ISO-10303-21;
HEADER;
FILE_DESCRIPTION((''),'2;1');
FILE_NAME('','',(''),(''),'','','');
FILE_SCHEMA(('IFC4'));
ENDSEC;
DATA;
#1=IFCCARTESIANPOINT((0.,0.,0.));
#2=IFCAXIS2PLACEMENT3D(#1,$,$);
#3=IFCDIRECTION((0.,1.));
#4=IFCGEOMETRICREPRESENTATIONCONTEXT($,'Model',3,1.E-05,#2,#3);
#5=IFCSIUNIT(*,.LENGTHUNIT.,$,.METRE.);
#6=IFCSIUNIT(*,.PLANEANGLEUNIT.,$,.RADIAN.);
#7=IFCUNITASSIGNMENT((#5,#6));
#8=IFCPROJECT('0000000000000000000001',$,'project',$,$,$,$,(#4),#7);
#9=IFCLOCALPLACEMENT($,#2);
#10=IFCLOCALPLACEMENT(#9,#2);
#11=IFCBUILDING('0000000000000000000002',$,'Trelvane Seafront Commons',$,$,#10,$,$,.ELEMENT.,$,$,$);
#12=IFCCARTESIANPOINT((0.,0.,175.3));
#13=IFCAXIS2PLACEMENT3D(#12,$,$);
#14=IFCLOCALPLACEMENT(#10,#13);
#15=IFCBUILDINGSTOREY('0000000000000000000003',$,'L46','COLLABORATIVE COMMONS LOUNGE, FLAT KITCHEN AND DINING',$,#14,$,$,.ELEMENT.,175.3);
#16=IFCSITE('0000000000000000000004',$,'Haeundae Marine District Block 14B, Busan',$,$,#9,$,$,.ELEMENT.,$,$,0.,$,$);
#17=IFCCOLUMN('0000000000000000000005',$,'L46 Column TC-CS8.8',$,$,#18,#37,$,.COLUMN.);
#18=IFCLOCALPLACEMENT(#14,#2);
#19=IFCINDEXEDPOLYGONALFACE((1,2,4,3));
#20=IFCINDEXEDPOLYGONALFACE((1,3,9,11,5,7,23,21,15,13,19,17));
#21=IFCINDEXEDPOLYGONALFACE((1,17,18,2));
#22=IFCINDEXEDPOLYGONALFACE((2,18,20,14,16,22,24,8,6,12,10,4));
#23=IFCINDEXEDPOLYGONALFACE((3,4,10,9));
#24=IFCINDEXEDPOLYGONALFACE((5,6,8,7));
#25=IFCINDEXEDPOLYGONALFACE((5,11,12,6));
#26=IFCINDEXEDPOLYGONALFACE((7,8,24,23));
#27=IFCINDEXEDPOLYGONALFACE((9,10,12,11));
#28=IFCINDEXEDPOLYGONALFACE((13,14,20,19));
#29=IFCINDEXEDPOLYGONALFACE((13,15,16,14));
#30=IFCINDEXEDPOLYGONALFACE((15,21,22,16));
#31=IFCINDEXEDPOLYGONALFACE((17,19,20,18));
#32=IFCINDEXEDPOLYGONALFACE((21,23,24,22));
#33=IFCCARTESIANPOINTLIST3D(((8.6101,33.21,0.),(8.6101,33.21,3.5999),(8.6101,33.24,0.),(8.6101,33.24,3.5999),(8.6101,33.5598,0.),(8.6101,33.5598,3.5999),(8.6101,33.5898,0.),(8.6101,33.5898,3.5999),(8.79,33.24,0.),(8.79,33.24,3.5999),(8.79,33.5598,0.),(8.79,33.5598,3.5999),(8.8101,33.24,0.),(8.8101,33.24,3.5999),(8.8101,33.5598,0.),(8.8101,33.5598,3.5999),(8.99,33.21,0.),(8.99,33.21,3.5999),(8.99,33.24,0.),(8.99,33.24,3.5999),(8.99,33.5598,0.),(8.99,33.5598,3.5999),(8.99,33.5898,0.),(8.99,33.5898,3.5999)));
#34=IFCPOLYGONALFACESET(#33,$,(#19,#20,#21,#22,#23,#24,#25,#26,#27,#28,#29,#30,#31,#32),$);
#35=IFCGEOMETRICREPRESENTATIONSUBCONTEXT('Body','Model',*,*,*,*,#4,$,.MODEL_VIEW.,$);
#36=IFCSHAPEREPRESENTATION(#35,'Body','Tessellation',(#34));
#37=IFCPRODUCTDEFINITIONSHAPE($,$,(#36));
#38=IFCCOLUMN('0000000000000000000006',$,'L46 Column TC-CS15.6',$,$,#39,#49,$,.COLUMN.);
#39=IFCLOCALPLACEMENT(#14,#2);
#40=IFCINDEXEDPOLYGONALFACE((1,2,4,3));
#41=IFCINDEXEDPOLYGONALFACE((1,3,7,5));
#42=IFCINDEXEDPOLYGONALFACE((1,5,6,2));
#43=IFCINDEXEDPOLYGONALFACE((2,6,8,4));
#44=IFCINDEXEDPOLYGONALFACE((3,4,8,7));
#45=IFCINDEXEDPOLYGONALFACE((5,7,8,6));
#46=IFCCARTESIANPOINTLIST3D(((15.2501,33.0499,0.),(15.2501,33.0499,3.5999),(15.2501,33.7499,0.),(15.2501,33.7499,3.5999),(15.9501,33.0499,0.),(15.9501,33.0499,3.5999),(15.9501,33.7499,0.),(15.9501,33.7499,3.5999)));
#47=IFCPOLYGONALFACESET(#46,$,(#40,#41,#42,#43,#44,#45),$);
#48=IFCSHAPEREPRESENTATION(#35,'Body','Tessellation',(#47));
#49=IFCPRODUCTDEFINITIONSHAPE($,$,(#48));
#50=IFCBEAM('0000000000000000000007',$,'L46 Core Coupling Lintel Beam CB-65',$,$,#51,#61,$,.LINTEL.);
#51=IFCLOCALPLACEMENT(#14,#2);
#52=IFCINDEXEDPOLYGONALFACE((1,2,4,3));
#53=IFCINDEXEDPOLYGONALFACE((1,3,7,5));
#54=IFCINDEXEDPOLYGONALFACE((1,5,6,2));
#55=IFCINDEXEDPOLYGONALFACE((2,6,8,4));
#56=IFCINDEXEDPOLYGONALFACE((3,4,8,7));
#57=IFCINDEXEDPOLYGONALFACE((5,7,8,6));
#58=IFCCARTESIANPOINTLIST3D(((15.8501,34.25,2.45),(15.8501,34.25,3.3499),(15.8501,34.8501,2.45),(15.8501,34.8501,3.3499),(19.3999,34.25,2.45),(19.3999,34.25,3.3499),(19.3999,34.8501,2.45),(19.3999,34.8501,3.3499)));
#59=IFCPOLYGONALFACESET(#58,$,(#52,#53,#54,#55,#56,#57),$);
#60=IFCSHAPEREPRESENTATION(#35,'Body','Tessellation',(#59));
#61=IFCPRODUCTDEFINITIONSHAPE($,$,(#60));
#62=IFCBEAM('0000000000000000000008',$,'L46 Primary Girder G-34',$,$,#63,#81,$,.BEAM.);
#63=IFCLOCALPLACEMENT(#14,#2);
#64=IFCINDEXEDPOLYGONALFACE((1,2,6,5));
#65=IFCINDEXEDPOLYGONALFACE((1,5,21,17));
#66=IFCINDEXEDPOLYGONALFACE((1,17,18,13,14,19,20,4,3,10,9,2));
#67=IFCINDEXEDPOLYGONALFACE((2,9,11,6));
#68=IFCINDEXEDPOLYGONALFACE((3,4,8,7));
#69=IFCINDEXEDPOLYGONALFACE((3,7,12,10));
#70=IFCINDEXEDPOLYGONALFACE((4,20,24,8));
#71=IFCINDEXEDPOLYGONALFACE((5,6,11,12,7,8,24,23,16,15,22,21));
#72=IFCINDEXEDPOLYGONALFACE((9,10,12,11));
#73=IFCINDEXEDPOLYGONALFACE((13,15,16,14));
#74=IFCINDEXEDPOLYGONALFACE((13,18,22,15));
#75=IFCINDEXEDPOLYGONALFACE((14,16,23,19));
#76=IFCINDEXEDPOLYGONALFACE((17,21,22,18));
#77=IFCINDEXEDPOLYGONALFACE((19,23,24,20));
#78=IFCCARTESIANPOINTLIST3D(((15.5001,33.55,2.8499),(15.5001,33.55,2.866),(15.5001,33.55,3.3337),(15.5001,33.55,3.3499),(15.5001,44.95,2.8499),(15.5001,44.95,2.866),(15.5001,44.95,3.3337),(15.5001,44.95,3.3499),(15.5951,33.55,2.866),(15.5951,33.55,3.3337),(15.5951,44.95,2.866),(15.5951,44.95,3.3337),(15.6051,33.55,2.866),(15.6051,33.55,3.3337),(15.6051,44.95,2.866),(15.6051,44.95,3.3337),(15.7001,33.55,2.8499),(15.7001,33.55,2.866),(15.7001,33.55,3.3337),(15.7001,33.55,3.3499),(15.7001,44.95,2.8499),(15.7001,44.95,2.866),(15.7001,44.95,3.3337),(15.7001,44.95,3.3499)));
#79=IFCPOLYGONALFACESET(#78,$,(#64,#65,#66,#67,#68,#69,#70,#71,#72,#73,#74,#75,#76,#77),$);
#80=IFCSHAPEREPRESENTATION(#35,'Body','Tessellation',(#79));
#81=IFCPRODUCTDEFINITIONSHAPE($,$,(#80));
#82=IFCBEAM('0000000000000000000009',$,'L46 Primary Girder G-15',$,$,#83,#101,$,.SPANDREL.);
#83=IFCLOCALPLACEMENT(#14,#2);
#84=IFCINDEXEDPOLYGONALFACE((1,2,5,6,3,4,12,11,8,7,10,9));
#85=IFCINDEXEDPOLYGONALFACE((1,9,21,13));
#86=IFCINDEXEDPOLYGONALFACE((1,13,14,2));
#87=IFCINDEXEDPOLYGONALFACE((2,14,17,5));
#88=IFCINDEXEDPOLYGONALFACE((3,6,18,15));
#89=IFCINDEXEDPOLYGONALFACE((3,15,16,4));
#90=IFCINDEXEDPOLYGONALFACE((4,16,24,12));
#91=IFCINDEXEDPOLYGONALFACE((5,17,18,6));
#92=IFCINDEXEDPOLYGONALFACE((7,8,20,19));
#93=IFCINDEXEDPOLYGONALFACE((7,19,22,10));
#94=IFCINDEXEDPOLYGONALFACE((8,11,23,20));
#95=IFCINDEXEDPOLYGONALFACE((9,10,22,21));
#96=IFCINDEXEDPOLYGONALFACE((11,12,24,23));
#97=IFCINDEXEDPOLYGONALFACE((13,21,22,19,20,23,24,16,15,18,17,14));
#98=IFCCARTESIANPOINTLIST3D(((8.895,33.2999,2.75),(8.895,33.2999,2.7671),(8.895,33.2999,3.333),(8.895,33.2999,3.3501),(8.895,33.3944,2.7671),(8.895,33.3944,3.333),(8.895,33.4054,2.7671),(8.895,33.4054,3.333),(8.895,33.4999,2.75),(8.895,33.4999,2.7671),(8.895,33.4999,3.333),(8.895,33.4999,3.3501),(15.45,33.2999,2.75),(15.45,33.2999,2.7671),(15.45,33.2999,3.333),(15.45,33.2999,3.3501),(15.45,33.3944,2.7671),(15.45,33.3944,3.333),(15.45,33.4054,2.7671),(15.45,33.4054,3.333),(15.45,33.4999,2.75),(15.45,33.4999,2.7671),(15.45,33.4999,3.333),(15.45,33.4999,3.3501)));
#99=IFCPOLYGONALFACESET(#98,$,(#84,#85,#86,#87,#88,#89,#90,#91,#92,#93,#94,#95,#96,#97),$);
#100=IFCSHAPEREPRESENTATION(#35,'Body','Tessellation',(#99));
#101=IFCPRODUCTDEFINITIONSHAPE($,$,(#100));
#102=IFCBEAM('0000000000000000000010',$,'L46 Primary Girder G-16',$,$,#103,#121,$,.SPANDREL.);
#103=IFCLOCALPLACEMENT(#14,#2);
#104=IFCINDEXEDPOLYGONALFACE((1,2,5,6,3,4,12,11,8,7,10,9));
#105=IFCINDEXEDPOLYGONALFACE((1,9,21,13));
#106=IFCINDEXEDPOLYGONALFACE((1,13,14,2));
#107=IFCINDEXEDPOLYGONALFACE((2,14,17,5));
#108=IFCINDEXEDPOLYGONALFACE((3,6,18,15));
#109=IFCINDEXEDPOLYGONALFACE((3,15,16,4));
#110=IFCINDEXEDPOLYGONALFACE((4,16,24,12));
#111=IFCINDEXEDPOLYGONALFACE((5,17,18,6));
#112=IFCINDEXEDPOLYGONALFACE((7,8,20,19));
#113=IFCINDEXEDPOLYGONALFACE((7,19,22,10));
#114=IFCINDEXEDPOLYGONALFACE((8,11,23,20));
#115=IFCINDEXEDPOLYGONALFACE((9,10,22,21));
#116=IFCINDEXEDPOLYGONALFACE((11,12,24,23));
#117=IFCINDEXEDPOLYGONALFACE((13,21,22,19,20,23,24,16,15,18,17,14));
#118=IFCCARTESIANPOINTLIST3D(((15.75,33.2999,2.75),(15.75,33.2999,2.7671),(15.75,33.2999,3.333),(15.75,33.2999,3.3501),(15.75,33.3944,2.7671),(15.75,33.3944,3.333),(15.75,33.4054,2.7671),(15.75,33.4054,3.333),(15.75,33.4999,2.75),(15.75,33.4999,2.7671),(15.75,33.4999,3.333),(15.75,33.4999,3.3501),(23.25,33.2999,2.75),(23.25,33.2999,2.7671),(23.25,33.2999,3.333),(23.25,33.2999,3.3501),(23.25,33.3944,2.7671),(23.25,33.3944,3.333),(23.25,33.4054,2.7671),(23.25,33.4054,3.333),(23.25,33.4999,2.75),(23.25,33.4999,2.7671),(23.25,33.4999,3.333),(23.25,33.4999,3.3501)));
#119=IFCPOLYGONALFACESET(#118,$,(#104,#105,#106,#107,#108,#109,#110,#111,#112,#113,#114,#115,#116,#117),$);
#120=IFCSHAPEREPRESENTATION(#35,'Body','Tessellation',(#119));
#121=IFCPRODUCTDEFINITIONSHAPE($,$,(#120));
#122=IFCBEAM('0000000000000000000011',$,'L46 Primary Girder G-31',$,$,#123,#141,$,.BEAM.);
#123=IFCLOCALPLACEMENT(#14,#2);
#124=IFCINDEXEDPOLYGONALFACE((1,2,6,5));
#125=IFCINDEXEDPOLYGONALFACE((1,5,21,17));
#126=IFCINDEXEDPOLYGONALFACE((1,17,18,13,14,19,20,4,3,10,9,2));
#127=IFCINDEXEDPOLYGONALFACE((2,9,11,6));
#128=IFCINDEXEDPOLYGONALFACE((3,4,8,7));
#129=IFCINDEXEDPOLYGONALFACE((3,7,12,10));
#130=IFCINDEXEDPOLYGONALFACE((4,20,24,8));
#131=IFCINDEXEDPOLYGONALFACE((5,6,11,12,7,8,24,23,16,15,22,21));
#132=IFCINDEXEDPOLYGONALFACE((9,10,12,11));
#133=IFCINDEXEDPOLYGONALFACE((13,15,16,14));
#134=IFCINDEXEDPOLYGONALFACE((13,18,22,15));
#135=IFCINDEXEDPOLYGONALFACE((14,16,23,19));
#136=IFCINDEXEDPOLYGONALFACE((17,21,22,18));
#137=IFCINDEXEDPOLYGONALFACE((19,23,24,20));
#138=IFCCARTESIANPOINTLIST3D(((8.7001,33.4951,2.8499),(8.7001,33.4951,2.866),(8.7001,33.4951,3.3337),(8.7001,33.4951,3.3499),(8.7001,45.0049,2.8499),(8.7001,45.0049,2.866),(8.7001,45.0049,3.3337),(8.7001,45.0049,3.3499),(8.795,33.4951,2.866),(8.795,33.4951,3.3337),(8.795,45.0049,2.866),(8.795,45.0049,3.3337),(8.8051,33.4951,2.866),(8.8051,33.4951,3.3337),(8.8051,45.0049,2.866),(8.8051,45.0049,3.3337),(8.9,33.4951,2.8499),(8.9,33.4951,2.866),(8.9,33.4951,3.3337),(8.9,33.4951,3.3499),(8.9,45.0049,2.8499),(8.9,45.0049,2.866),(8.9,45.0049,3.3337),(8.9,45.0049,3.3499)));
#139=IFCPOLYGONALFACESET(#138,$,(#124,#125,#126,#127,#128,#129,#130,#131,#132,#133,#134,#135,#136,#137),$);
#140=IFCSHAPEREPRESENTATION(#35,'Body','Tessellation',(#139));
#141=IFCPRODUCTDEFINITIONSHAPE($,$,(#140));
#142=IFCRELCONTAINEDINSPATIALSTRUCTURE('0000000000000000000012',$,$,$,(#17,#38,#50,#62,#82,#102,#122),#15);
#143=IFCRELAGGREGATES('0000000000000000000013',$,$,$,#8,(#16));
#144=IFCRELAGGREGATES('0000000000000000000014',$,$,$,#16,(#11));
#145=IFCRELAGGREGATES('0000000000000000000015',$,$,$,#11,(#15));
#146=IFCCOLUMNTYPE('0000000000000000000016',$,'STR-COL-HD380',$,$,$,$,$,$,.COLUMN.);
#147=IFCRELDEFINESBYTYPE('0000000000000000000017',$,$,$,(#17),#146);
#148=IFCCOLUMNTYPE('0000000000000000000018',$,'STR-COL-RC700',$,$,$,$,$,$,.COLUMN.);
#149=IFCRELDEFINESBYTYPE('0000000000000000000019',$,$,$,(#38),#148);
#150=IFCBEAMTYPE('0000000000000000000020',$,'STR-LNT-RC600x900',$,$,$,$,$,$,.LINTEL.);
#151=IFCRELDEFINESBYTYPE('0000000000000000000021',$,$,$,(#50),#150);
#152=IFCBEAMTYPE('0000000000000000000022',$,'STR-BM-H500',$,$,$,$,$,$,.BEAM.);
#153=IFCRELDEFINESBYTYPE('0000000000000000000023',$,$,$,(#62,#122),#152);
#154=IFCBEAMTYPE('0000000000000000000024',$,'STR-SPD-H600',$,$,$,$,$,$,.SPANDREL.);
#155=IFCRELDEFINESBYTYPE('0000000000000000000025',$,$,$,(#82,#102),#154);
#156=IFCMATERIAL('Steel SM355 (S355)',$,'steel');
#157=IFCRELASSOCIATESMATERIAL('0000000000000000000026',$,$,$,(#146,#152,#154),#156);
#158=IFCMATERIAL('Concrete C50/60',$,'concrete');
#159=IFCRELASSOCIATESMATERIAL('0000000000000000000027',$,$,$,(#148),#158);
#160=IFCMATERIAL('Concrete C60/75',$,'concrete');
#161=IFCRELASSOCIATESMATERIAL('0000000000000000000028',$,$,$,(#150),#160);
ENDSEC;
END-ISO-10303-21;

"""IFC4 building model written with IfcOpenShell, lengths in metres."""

from ifc_helpers import new_model, si_unit, direction, frame, origin, origin_2d, place, context, subcontext, project, spatial, rectangle, i_section, extrude, source, transform, mapped, material, material_profile, profile_set, type_object, element, save


model = new_model("IFC4")

# Units and contexts
model_context = context("Model", 3, precision=1e-05, world=origin(), true_north=direction((0.0, 1.0)))
body_context = subcontext(model_context, "Body", "Model", "MODEL_VIEW")
ifc_project = project(units=[si_unit("LENGTHUNIT", "METRE"), si_unit("PLANEANGLEUNIT", "RADIAN")], contexts=[model_context])

# Site, building, storey
site_placement = place(None, origin())
site = spatial("IfcSite", under=ifc_project, at=site_placement, Name="Haeundae Marine District Block 14B, Busan", CompositionType="ELEMENT", RefElevation=0.0)
building_placement = place(site_placement, origin())
building = spatial("IfcBuilding", under=site, at=building_placement, Name="Trelvane Seafront Commons", CompositionType="ELEMENT")
storey_placement = place(building_placement, frame((0.0, 0.0, 175.3)))
storey = spatial("IfcBuildingStorey", under=building, at=storey_placement, Name="L46", Description="COLLABORATIVE COMMONS LOUNGE, FLAT KITCHEN AND DINING", CompositionType="ELEMENT", Elevation=175.3)

# Columns
ifc_material_1 = material(Name="Steel SM355 (S355)", Category="steel")
ifc_material_profile_1 = material_profile(ifc_material_1, i_section(OverallWidth=0.3799, OverallDepth=0.3799, WebThickness=0.02, FlangeThickness=0.03, at=origin_2d()), Name="HD-380x380x20x30")
ifc_profile_set_1 = profile_set([ifc_material_profile_1], Name="Steel SM355 (S355)")
column_type_1 = type_object("IfcColumnType", Name="STR-COL-HD380", PredefinedType="COLUMN", material=ifc_profile_set_1)
shared_shape_1 = source(origin(), body_context, "Body", "SweptSolid", [
    extrude(i_section(OverallWidth=0.3799, OverallDepth=0.3799, WebThickness=0.02, FlangeThickness=0.03, at=origin_2d()), origin(), (0.0, 0.0, 1.0), 3.5999),
])
column_1_placement = place(storey_placement, frame((8.8, 33.3999, 0.0), z_axis=(0.0, 0.0, 1.0), x_axis=(1.0, 0.0, 0.0)))
element("IfcColumn", 1, at=column_1_placement, inside=storey, type_object=column_type_1, Name="L46 Column TC-CS8.8", PredefinedType="COLUMN", context=body_context, shape_type="MappedRepresentation", body=[
    mapped(shared_shape_1, transform((0.0, 0.0, 0.0), x_axis=(1.0, 0.0, 0.0), y_axis=(0.0, 1.0, 0.0), z_axis=(0.0, 0.0, 1.0), scale=1.0)),
])
ifc_material_2 = material(Name="Concrete C50/60", Category="concrete")
ifc_material_profile_2 = material_profile(ifc_material_2, rectangle(XDim=0.7, YDim=0.7, at=origin_2d()), Name="RC-700x700")
ifc_profile_set_2 = profile_set([ifc_material_profile_2], Name="Concrete C50/60")
column_type_2 = type_object("IfcColumnType", Name="STR-COL-RC700", PredefinedType="COLUMN", material=ifc_profile_set_2)
shared_shape_2 = source(origin(), body_context, "Body", "SweptSolid", [
    extrude(rectangle(XDim=0.7, YDim=0.7, at=origin_2d()), origin(), (0.0, 0.0, 1.0), 3.5999),
])
column_2_placement = place(storey_placement, frame((15.6001, 33.3999, 0.0), z_axis=(0.0, 0.0, 1.0), x_axis=(1.0, 0.0, 0.0)))
element("IfcColumn", 2, at=column_2_placement, inside=storey, type_object=column_type_2, Name="L46 Column TC-CS15.6", PredefinedType="COLUMN", context=body_context, shape_type="MappedRepresentation", body=[
    mapped(shared_shape_2, transform((0.0, 0.0, 0.0), x_axis=(1.0, 0.0, 0.0), y_axis=(0.0, 1.0, 0.0), z_axis=(0.0, 0.0, 1.0), scale=1.0)),
])

# Beams
ifc_material_3 = material(Name="Concrete C60/75", Category="concrete")
ifc_material_profile_3 = material_profile(ifc_material_3, rectangle(XDim=0.6001, YDim=0.8999, at=origin_2d()), Name="RC-600x900")
ifc_profile_set_3 = profile_set([ifc_material_profile_3], Name="Concrete C60/75")
beam_type_1 = type_object("IfcBeamType", Name="STR-LNT-RC600x900", PredefinedType="LINTEL", material=ifc_profile_set_3)
shared_shape_3 = source(origin(), body_context, "Body", "SweptSolid", [
    extrude(rectangle(XDim=0.6001, YDim=0.8999, at=origin_2d()), origin(), (0.0, 0.0, 1.0), 3.5498),
])
beam_1_placement = place(storey_placement, frame((15.8501, 34.55, 2.8999), z_axis=(1.0, 0.0, 0.0), x_axis=(0.0, 1.0, 0.0)))
element("IfcBeam", 3, at=beam_1_placement, inside=storey, type_object=beam_type_1, Name="L46 Core Coupling Lintel Beam CB-65", PredefinedType="LINTEL", context=body_context, shape_type="MappedRepresentation", body=[
    mapped(shared_shape_3, transform((0.0, 0.0, 0.0), x_axis=(1.0, 0.0, 0.0), y_axis=(0.0, 1.0, 0.0), z_axis=(0.0, 0.0, 1.0), scale=1.0)),
])
ifc_material_profile_4 = material_profile(ifc_material_1, i_section(OverallWidth=0.2, OverallDepth=0.5, WebThickness=0.01, FlangeThickness=0.0161, at=origin_2d()), Name="H-500x200x10x16")
ifc_profile_set_4 = profile_set([ifc_material_profile_4], Name="Steel SM355 (S355)")
beam_type_2 = type_object("IfcBeamType", Name="STR-BM-H500", PredefinedType="BEAM", material=ifc_profile_set_4)
shared_shape_4 = source(origin(), body_context, "Body", "SweptSolid", [
    extrude(i_section(OverallWidth=0.2, OverallDepth=0.5, WebThickness=0.01, FlangeThickness=0.0161, at=origin_2d()), origin(), (0.0, 0.0, 1.0), 11.3999),
])
beam_2_placement = place(storey_placement, frame((15.6001, 33.55, 3.0999), z_axis=(0.0, 1.0, 0.0), x_axis=(-1.0, 0.0, 0.0)))
element("IfcBeam", 4, at=beam_2_placement, inside=storey, type_object=beam_type_2, Name="L46 Primary Girder G-34", PredefinedType="BEAM", context=body_context, shape_type="MappedRepresentation", body=[
    mapped(shared_shape_4, transform((0.0, 0.0, 0.0), x_axis=(1.0, 0.0, 0.0), y_axis=(0.0, 1.0, 0.0), z_axis=(0.0, 0.0, 1.0), scale=1.0)),
])
ifc_material_profile_5 = material_profile(ifc_material_1, i_section(OverallWidth=0.2, OverallDepth=0.6001, WebThickness=0.011, FlangeThickness=0.0171, at=origin_2d()), Name="H-600x200x11x17")
ifc_profile_set_5 = profile_set([ifc_material_profile_5], Name="Steel SM355 (S355)")
beam_type_3 = type_object("IfcBeamType", Name="STR-SPD-H600", PredefinedType="SPANDREL", material=ifc_profile_set_5)
shared_shape_5 = source(origin(), body_context, "Body", "SweptSolid", [
    extrude(i_section(OverallWidth=0.2, OverallDepth=0.6001, WebThickness=0.011, FlangeThickness=0.0171, at=origin_2d()), origin(), (0.0, 0.0, 1.0), 6.5549),
])
beam_3_placement = place(storey_placement, frame((8.895, 33.3999, 3.05), z_axis=(1.0, 0.0, 0.0), x_axis=(0.0, 1.0, 0.0)))
element("IfcBeam", 5, at=beam_3_placement, inside=storey, type_object=beam_type_3, Name="L46 Primary Girder G-15", PredefinedType="SPANDREL", context=body_context, shape_type="MappedRepresentation", body=[
    mapped(shared_shape_5, transform((0.0, 0.0, 0.0), x_axis=(1.0, 0.0, 0.0), y_axis=(0.0, 1.0, 0.0), z_axis=(0.0, 0.0, 1.0), scale=1.0)),
])
shared_shape_6 = source(origin(), body_context, "Body", "SweptSolid", [
    extrude(i_section(OverallWidth=0.2, OverallDepth=0.6001, WebThickness=0.011, FlangeThickness=0.0171, at=origin_2d()), origin(), (0.0, 0.0, 1.0), 7.5),
])
beam_4_placement = place(storey_placement, frame((15.75, 33.3999, 3.05), z_axis=(1.0, 0.0, 0.0), x_axis=(0.0, 1.0, 0.0)))
element("IfcBeam", 6, at=beam_4_placement, inside=storey, type_object=beam_type_3, Name="L46 Primary Girder G-16", PredefinedType="SPANDREL", context=body_context, shape_type="MappedRepresentation", body=[
    mapped(shared_shape_6, transform((0.0, 0.0, 0.0), x_axis=(1.0, 0.0, 0.0), y_axis=(0.0, 1.0, 0.0), z_axis=(0.0, 0.0, 1.0), scale=1.0)),
])
shared_shape_7 = source(origin(), body_context, "Body", "SweptSolid", [
    extrude(i_section(OverallWidth=0.2, OverallDepth=0.5, WebThickness=0.01, FlangeThickness=0.0161, at=origin_2d()), origin(), (0.0, 0.0, 1.0), 11.5098),
])
beam_5_placement = place(storey_placement, frame((8.8, 33.4951, 3.0999), z_axis=(0.0, 1.0, 0.0), x_axis=(-1.0, 0.0, 0.0)))
element("IfcBeam", 7, at=beam_5_placement, inside=storey, type_object=beam_type_2, Name="L46 Primary Girder G-31", PredefinedType="BEAM", context=body_context, shape_type="MappedRepresentation", body=[
    mapped(shared_shape_7, transform((0.0, 0.0, 0.0), x_axis=(1.0, 0.0, 0.0), y_axis=(0.0, 1.0, 0.0), z_axis=(0.0, 0.0, 1.0), scale=1.0)),
])

save(model, "model.ifc")
